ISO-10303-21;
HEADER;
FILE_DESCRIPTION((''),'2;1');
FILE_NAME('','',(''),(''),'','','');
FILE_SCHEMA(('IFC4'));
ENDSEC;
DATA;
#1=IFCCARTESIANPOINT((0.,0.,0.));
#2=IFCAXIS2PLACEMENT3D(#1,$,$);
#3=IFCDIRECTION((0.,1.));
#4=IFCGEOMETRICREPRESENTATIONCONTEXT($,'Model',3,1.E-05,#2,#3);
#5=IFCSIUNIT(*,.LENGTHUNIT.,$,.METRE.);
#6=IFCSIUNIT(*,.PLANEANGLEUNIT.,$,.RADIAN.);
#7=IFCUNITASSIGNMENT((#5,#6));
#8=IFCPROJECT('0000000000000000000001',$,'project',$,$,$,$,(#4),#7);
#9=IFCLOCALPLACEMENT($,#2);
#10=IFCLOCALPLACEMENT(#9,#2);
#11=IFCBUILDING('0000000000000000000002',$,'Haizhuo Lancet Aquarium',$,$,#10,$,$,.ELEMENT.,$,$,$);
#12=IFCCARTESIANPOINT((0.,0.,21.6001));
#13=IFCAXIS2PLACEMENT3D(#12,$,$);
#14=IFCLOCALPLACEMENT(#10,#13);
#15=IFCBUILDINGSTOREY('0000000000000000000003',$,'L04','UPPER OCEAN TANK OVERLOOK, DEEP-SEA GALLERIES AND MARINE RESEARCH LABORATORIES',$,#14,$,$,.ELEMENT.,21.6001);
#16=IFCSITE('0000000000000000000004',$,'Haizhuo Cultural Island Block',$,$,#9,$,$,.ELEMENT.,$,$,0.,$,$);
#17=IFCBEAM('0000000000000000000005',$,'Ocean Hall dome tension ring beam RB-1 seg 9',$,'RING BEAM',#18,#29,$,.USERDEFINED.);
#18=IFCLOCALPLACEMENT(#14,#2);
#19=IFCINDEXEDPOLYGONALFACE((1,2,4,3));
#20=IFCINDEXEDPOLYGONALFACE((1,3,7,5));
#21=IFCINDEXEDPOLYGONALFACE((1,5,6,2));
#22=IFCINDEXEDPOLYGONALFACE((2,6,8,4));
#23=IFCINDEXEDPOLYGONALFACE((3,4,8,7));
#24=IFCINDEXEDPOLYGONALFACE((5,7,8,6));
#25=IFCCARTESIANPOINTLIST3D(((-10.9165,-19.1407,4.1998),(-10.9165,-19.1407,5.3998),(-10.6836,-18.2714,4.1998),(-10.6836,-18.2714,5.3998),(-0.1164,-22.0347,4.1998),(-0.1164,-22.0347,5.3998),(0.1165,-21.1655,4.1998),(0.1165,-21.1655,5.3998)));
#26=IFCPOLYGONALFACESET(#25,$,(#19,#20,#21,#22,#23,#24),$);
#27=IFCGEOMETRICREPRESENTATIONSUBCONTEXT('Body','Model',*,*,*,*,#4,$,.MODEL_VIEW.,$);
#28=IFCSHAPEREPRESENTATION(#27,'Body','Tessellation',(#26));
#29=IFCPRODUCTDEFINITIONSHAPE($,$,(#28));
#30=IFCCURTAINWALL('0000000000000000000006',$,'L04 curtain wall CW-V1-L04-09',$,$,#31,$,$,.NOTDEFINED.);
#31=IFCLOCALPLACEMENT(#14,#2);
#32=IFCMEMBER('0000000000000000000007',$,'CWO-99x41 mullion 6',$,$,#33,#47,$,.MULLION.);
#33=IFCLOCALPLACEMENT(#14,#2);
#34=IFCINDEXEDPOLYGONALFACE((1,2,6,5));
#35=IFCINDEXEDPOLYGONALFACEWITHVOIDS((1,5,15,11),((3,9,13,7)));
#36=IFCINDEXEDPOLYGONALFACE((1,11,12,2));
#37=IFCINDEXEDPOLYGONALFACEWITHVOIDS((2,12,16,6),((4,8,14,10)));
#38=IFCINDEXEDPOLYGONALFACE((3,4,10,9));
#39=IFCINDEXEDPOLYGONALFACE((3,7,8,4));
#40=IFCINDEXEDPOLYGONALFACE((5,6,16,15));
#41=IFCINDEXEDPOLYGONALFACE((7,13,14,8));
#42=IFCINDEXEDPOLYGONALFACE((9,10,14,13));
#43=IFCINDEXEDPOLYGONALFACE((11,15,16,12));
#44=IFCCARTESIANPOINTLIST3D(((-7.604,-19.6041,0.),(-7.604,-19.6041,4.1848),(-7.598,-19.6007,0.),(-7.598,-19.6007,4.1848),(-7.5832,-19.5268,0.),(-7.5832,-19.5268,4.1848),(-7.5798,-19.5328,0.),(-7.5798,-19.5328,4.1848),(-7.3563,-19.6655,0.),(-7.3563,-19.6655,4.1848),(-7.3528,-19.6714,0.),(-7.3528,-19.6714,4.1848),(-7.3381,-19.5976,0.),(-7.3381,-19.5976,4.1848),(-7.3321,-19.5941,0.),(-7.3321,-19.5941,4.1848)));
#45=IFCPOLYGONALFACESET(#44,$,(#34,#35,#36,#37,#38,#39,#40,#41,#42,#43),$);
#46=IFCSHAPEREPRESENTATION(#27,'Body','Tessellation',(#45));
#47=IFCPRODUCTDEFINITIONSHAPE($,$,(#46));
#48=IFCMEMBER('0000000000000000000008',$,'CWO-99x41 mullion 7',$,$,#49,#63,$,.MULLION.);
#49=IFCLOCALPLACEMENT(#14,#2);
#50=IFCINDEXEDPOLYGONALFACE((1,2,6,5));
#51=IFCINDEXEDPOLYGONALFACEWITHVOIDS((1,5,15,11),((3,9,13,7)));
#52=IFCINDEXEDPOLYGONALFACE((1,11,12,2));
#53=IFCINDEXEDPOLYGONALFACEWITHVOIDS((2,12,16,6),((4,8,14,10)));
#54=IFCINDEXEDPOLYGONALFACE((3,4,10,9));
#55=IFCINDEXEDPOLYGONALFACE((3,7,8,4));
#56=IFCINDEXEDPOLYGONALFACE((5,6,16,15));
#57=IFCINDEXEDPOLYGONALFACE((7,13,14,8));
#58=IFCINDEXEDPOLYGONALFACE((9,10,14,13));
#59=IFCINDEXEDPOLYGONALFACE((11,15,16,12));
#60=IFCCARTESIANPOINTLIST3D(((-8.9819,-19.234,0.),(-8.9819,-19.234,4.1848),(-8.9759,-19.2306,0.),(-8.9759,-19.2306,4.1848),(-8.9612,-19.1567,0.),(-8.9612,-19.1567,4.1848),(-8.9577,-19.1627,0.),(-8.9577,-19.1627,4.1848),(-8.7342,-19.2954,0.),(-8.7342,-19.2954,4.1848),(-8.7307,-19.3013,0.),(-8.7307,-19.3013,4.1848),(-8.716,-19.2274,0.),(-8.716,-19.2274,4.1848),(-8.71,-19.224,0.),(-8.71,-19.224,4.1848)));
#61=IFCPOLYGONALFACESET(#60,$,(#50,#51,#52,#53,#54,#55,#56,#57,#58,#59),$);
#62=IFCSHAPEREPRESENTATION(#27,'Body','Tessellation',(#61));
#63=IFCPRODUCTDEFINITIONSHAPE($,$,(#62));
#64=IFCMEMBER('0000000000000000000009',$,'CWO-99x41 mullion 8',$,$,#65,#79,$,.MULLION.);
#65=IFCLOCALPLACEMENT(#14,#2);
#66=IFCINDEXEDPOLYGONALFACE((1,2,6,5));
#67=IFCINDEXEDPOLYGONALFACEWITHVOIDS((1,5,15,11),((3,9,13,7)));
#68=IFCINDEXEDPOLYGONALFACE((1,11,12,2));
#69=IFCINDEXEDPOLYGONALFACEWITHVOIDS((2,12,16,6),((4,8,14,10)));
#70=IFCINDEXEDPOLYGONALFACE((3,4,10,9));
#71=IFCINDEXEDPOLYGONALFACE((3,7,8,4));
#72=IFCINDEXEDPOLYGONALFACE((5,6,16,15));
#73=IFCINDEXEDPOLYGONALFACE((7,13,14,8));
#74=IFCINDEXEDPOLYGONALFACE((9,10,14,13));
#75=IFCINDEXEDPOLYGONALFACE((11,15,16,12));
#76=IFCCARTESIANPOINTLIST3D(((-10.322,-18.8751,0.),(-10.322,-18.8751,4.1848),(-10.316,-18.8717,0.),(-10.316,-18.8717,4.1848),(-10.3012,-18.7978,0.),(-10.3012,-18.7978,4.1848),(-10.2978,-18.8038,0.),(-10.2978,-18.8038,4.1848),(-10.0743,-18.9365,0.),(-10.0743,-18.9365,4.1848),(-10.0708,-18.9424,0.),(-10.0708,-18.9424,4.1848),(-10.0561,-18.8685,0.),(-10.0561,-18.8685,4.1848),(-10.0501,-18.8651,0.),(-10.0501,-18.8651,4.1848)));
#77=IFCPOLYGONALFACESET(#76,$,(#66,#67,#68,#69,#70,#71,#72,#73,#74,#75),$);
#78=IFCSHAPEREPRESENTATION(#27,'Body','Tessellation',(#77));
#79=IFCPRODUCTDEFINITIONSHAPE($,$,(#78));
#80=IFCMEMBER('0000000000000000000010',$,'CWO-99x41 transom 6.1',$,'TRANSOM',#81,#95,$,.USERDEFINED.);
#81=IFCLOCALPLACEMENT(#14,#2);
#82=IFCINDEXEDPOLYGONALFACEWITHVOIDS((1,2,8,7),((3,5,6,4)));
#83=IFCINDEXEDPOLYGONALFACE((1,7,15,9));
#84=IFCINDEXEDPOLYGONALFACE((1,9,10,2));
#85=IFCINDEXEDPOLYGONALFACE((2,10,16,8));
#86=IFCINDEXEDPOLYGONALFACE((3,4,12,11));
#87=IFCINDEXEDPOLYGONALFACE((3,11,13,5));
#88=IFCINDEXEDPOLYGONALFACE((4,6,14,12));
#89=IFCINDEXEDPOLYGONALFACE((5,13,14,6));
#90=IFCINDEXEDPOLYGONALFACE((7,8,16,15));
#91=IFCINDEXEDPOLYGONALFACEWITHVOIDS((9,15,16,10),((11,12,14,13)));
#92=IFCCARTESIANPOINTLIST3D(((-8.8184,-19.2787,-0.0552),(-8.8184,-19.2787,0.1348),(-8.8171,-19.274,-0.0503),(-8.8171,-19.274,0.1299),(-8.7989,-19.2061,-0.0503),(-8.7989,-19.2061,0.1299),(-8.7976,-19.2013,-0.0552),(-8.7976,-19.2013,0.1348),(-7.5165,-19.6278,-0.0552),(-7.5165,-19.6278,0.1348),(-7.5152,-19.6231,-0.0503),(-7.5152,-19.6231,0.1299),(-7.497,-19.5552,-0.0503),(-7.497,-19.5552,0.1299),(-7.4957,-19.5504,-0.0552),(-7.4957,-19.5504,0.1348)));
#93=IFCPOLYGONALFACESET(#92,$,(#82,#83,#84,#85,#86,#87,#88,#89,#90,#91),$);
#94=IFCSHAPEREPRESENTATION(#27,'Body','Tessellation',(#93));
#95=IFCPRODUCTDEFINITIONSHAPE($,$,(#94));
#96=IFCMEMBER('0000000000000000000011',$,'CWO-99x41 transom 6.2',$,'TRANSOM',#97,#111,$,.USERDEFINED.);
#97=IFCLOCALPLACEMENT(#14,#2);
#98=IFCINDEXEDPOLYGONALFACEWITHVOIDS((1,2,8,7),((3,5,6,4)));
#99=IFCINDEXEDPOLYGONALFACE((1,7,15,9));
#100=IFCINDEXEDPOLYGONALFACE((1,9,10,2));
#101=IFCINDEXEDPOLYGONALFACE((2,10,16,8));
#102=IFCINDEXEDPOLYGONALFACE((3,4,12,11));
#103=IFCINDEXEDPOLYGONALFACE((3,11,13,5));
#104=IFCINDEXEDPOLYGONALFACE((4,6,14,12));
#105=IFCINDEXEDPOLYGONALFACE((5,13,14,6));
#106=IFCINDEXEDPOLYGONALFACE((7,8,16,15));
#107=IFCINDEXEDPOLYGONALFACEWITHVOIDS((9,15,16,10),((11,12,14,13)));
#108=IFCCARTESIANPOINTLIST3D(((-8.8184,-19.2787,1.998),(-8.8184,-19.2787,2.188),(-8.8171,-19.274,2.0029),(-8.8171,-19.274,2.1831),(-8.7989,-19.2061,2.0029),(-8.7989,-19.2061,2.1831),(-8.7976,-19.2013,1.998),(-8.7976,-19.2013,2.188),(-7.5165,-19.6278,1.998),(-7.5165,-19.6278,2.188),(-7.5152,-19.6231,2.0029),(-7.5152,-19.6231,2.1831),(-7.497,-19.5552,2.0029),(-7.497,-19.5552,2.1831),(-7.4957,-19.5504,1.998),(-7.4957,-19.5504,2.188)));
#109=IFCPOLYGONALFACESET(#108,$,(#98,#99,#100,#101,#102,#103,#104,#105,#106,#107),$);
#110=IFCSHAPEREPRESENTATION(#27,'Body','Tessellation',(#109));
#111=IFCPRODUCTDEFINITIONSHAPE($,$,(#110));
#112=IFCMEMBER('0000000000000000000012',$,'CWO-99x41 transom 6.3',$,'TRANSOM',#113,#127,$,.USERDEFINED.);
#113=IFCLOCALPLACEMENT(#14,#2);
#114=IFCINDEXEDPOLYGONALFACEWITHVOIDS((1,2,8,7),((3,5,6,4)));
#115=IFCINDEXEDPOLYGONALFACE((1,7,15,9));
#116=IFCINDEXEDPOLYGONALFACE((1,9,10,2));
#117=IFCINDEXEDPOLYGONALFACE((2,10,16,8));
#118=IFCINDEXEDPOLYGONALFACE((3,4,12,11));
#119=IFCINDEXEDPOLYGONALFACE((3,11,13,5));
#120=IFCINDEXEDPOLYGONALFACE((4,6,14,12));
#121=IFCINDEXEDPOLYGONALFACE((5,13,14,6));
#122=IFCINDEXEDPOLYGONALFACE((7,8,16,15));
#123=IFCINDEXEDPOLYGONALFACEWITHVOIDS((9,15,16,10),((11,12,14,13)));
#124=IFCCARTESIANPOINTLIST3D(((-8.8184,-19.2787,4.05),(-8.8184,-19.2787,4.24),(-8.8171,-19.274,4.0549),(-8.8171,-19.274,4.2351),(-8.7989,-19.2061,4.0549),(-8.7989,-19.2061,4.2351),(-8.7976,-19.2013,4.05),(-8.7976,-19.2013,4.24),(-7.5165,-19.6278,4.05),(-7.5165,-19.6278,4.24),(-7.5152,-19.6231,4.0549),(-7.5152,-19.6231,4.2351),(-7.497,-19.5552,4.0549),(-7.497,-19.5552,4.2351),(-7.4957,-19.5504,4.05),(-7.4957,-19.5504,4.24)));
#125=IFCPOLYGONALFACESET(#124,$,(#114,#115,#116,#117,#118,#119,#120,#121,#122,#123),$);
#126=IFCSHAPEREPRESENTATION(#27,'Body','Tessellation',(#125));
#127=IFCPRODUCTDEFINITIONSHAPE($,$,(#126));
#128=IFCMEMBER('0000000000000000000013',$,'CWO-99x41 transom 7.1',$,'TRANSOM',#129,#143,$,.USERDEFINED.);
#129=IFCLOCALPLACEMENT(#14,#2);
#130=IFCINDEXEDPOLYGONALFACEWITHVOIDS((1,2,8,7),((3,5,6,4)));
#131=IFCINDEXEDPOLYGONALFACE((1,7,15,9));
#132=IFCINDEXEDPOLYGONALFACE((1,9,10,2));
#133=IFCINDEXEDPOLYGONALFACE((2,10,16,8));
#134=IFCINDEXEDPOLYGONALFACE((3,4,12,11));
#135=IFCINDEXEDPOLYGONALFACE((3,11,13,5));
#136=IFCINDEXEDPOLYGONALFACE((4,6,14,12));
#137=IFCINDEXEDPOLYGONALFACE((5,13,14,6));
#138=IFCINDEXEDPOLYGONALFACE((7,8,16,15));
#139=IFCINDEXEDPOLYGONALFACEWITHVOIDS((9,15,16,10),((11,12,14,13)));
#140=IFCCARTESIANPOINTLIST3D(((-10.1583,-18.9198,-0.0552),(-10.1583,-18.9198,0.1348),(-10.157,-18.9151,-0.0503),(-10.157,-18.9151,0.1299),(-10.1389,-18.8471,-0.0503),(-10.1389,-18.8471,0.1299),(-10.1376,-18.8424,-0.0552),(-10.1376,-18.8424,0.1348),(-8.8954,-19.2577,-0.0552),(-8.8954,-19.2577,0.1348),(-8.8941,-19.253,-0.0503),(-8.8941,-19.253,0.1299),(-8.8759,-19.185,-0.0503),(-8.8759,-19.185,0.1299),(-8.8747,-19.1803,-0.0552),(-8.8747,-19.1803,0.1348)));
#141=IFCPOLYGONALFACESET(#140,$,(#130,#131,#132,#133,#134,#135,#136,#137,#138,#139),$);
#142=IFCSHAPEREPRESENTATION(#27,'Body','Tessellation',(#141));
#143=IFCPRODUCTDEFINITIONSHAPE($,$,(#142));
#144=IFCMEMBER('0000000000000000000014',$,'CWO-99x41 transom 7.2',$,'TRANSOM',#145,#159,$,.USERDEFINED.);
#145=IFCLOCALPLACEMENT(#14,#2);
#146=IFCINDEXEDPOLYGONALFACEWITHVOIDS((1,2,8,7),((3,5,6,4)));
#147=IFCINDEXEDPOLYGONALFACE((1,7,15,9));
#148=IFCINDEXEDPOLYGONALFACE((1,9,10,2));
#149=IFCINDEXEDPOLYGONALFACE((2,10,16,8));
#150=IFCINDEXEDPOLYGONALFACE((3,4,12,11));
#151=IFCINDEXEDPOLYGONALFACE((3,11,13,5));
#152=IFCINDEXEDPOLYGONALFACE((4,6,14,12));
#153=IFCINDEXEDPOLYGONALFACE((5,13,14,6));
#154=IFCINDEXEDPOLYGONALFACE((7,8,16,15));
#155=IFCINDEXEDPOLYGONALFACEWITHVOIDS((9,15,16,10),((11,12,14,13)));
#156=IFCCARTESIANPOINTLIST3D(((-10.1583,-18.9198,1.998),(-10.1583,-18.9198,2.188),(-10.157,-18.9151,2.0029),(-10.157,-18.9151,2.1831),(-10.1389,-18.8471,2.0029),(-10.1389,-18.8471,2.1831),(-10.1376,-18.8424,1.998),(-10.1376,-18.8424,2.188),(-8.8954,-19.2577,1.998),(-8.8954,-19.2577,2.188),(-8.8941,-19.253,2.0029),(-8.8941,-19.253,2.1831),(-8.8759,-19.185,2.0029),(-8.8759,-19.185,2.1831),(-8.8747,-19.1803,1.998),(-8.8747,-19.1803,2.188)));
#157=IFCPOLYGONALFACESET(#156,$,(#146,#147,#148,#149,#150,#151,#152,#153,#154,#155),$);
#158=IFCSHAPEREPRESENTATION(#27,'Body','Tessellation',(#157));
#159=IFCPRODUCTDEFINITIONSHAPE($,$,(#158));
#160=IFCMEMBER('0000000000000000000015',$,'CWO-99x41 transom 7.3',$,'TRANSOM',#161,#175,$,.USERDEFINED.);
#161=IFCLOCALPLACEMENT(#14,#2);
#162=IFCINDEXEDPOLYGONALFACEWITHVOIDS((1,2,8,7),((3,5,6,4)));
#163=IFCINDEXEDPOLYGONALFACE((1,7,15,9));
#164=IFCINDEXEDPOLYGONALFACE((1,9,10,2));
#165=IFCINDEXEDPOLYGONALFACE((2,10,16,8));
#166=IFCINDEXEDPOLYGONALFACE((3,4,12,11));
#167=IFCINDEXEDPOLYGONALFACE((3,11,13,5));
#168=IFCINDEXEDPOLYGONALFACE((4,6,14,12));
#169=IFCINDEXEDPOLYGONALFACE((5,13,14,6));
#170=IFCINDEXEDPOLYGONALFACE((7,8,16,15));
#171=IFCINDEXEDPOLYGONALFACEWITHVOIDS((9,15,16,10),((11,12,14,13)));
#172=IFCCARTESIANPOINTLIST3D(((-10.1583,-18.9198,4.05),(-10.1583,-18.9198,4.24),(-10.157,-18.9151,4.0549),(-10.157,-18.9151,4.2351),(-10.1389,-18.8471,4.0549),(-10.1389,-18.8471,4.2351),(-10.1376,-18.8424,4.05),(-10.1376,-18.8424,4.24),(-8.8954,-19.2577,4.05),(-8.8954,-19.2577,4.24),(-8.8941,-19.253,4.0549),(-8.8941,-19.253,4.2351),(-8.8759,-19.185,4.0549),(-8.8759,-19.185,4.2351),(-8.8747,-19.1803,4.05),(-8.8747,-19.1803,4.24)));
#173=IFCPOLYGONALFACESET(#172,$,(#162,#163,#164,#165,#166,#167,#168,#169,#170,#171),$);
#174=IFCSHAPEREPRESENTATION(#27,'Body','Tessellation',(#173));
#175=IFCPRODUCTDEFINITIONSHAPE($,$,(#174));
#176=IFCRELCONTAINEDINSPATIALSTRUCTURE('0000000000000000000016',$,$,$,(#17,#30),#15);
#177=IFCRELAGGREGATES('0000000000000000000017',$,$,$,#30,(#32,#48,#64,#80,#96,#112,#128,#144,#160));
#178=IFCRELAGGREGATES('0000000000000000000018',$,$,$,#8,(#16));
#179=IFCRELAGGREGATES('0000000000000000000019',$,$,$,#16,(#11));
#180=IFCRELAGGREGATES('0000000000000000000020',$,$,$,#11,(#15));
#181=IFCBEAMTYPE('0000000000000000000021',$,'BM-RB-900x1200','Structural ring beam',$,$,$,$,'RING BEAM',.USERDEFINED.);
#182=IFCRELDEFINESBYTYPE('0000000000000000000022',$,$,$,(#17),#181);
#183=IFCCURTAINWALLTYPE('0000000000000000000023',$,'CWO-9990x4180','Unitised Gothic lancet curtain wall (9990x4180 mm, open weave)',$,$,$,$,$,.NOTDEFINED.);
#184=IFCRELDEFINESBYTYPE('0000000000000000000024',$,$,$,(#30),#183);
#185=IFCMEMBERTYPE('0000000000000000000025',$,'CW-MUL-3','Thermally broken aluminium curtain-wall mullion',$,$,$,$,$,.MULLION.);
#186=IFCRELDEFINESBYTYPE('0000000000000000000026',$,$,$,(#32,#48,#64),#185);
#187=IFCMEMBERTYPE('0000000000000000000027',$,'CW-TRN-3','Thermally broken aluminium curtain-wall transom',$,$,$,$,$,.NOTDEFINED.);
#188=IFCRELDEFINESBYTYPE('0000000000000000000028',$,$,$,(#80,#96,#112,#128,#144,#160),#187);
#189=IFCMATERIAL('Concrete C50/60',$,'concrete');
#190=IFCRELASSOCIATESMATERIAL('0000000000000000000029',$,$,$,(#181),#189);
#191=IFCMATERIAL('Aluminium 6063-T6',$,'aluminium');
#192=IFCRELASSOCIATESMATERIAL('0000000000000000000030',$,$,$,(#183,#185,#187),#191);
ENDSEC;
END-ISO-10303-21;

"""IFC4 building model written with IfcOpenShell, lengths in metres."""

from ifc_helpers import new_model, si_unit, direction, frame, origin, origin_2d, place, context, subcontext, project, spatial, rectangle, hollow_rectangle, extrude, material, material_profile, profile_set, type_object, element, aggregate, save


model = new_model("IFC4")

# Units and contexts
model_context = context("Model", 3, precision=1e-05, world=origin(), true_north=direction((0.0, 1.0)))
body_context = subcontext(model_context, "Body", "Model", "MODEL_VIEW")
ifc_project = project(units=[si_unit("LENGTHUNIT", "METRE"), si_unit("PLANEANGLEUNIT", "RADIAN")], contexts=[model_context])

# Site, building, storey
site_placement = place(None, origin())
site = spatial("IfcSite", under=ifc_project, at=site_placement, Name="Haizhuo Cultural Island Block", CompositionType="ELEMENT", RefElevation=0.0)
building_placement = place(site_placement, origin())
building = spatial("IfcBuilding", under=site, at=building_placement, Name="Haizhuo Lancet Aquarium", CompositionType="ELEMENT")
storey_placement = place(building_placement, frame((0.0, 0.0, 21.6001)))
storey = spatial("IfcBuildingStorey", under=building, at=storey_placement, Name="L04", Description="UPPER OCEAN TANK OVERLOOK, DEEP-SEA GALLERIES AND MARINE RESEARCH LABORATORIES", CompositionType="ELEMENT", Elevation=21.6001)

# Shared definitions
ifc_material_1 = material(Name="Concrete C50/60", Category="concrete")

# Beam
ifc_material_profile_1 = material_profile(ifc_material_1, rectangle(XDim=0.8999, YDim=1.2, at=origin_2d()), Name="RC-RB 900x1200")
ifc_profile_set_1 = profile_set([ifc_material_profile_1], Name="Concrete C50/60")
beam_type = type_object("IfcBeamType", Name="BM-RB-900x1200", Description="Structural ring beam", ElementType="RING BEAM", PredefinedType="USERDEFINED", material=ifc_profile_set_1)
beam_placement = place(storey_placement, frame((-10.8, -18.7061, 4.7998), z_axis=(0.965922, -0.258834, 0.0), x_axis=(0.258834, 0.965922, 0.0)))
element("IfcBeam", 1, at=beam_placement, inside=storey, type_object=beam_type, Name="Ocean Hall dome tension ring beam RB-1 seg 9", ObjectType="RING BEAM", PredefinedType="USERDEFINED", context=body_context, shape_type="SweptSolid", body=[
    extrude(rectangle(XDim=0.8999, YDim=1.2, at=origin_2d()), origin(), (0.0, 0.0, 1.0), 11.1812),
])

# Curtain wall, members
ifc_material_2 = material(Name="Aluminium 6063-T6", Category="aluminium")
curtain_wall_type = type_object("IfcCurtainWallType", Name="CWO-9990x4180", Description="Unitised Gothic lancet curtain wall (9990x4180 mm, open weave)", PredefinedType="NOTDEFINED", material=ifc_material_2)
curtain_wall_placement = place(storey_placement, origin())
curtain_wall = element("IfcCurtainWall", 2, at=curtain_wall_placement, inside=storey, type_object=curtain_wall_type, Name="L04 curtain wall CW-V1-L04-09", PredefinedType="NOTDEFINED")
ifc_material_profile_2 = material_profile(ifc_material_2, hollow_rectangle(XDim=0.0801, YDim=0.26, WallThickness=0.0049, at=origin_2d()), Name="ALU-M 80x260x5")
ifc_profile_set_2 = profile_set([ifc_material_profile_2], Name="Aluminium 6063-T6")
member_type_1 = type_object("IfcMemberType", Name="CW-MUL-3", Description="Thermally broken aluminium curtain-wall mullion", PredefinedType="MULLION", material=ifc_profile_set_2)
member_1_placement = place(storey_placement, frame((-7.468, -19.5991, 0.0), z_axis=(0.0, 0.0, 1.0), x_axis=(-0.258853, -0.965917, 0.0)))
member_1 = element("IfcMember", 3, at=member_1_placement, type_object=member_type_1, Name="CWO-99x41 mullion 6", PredefinedType="MULLION", context=body_context, shape_type="SweptSolid", body=[
    extrude(hollow_rectangle(XDim=0.0801, YDim=0.26, WallThickness=0.0049, at=origin_2d()), origin(), (0.0, 0.0, 1.0), 4.1848),
])
member_2_placement = place(storey_placement, frame((-8.8459, -19.229, 0.0), z_axis=(0.0, 0.0, 1.0), x_axis=(-0.258853, -0.965917, 0.0)))
member_2 = element("IfcMember", 4, at=member_2_placement, type_object=member_type_1, Name="CWO-99x41 mullion 7", PredefinedType="MULLION", context=body_context, shape_type="SweptSolid", body=[
    extrude(hollow_rectangle(XDim=0.0801, YDim=0.26, WallThickness=0.0049, at=origin_2d()), origin(), (0.0, 0.0, 1.0), 4.1848),
])
member_3_placement = place(storey_placement, frame((-10.186, -18.8701, 0.0), z_axis=(0.0, 0.0, 1.0), x_axis=(-0.258853, -0.965917, 0.0)))
member_3 = element("IfcMember", 5, at=member_3_placement, type_object=member_type_1, Name="CWO-99x41 mullion 8", PredefinedType="MULLION", context=body_context, shape_type="SweptSolid", body=[
    extrude(hollow_rectangle(XDim=0.0801, YDim=0.26, WallThickness=0.0049, at=origin_2d()), origin(), (0.0, 0.0, 1.0), 4.1848),
])
ifc_material_profile_3 = material_profile(ifc_material_2, hollow_rectangle(XDim=0.0801, YDim=0.1899, WallThickness=0.0049, at=origin_2d()), Name="ALU-T 80x190x5")
ifc_profile_set_3 = profile_set([ifc_material_profile_3], Name="Aluminium 6063-T6")
member_type_2 = type_object("IfcMemberType", Name="CW-TRN-3", Description="Thermally broken aluminium curtain-wall transom", PredefinedType="NOTDEFINED", material=ifc_profile_set_3)
member_4_placement = place(storey_placement, frame((-7.5061, -19.5891, 0.0398), z_axis=(-0.965879, 0.258993, 0.0), x_axis=(-0.258993, -0.965879, 0.0)))
member_4 = element("IfcMember", 6, at=member_4_placement, type_object=member_type_2, Name="CWO-99x41 transom 6.1", ObjectType="TRANSOM", PredefinedType="USERDEFINED", context=body_context, shape_type="SweptSolid", body=[
    extrude(hollow_rectangle(XDim=0.0801, YDim=0.1899, WallThickness=0.0049, at=origin_2d()), origin(), (0.0, 0.0, 1.0), 1.3479),
])
member_5_placement = place(storey_placement, frame((-7.5061, -19.5891, 2.093), z_axis=(-0.965879, 0.258993, 0.0), x_axis=(-0.258993, -0.965879, 0.0)))
member_5 = element("IfcMember", 7, at=member_5_placement, type_object=member_type_2, Name="CWO-99x41 transom 6.2", ObjectType="TRANSOM", PredefinedType="USERDEFINED", context=body_context, shape_type="SweptSolid", body=[
    extrude(hollow_rectangle(XDim=0.0801, YDim=0.1899, WallThickness=0.0049, at=origin_2d()), origin(), (0.0, 0.0, 1.0), 1.3479),
])
member_6_placement = place(storey_placement, frame((-7.5061, -19.5891, 4.145), z_axis=(-0.965879, 0.258993, 0.0), x_axis=(-0.258993, -0.965879, 0.0)))
member_6 = element("IfcMember", 8, at=member_6_placement, type_object=member_type_2, Name="CWO-99x41 transom 6.3", ObjectType="TRANSOM", PredefinedType="USERDEFINED", context=body_context, shape_type="SweptSolid", body=[
    extrude(hollow_rectangle(XDim=0.0801, YDim=0.1899, WallThickness=0.0049, at=origin_2d()), origin(), (0.0, 0.0, 1.0), 1.3479),
])
member_7_placement = place(storey_placement, frame((-8.885, -19.219, 0.0398), z_axis=(-0.966024, 0.258453, 0.0), x_axis=(-0.258453, -0.966024, 0.0)))
member_7 = element("IfcMember", 9, at=member_7_placement, type_object=member_type_2, Name="CWO-99x41 transom 7.1", ObjectType="TRANSOM", PredefinedType="USERDEFINED", context=body_context, shape_type="SweptSolid", body=[
    extrude(hollow_rectangle(XDim=0.0801, YDim=0.1899, WallThickness=0.0049, at=origin_2d()), origin(), (0.0, 0.0, 1.0), 1.3074),
])
member_8_placement = place(storey_placement, frame((-8.885, -19.219, 2.093), z_axis=(-0.966024, 0.258453, 0.0), x_axis=(-0.258453, -0.966024, 0.0)))
member_8 = element("IfcMember", 10, at=member_8_placement, type_object=member_type_2, Name="CWO-99x41 transom 7.2", ObjectType="TRANSOM", PredefinedType="USERDEFINED", context=body_context, shape_type="SweptSolid", body=[
    extrude(hollow_rectangle(XDim=0.0801, YDim=0.1899, WallThickness=0.0049, at=origin_2d()), origin(), (0.0, 0.0, 1.0), 1.3074),
])
member_9_placement = place(storey_placement, frame((-8.885, -19.219, 4.145), z_axis=(-0.966024, 0.258453, 0.0), x_axis=(-0.258453, -0.966024, 0.0)))
member_9 = element("IfcMember", 11, at=member_9_placement, type_object=member_type_2, Name="CWO-99x41 transom 7.3", ObjectType="TRANSOM", PredefinedType="USERDEFINED", context=body_context, shape_type="SweptSolid", body=[
    extrude(hollow_rectangle(XDim=0.0801, YDim=0.1899, WallThickness=0.0049, at=origin_2d()), origin(), (0.0, 0.0, 1.0), 1.3074),
])

aggregate(curtain_wall, [member_1, member_2, member_3, member_4, member_5, member_6, member_7, member_8, member_9])

save(model, "model.ifc")
